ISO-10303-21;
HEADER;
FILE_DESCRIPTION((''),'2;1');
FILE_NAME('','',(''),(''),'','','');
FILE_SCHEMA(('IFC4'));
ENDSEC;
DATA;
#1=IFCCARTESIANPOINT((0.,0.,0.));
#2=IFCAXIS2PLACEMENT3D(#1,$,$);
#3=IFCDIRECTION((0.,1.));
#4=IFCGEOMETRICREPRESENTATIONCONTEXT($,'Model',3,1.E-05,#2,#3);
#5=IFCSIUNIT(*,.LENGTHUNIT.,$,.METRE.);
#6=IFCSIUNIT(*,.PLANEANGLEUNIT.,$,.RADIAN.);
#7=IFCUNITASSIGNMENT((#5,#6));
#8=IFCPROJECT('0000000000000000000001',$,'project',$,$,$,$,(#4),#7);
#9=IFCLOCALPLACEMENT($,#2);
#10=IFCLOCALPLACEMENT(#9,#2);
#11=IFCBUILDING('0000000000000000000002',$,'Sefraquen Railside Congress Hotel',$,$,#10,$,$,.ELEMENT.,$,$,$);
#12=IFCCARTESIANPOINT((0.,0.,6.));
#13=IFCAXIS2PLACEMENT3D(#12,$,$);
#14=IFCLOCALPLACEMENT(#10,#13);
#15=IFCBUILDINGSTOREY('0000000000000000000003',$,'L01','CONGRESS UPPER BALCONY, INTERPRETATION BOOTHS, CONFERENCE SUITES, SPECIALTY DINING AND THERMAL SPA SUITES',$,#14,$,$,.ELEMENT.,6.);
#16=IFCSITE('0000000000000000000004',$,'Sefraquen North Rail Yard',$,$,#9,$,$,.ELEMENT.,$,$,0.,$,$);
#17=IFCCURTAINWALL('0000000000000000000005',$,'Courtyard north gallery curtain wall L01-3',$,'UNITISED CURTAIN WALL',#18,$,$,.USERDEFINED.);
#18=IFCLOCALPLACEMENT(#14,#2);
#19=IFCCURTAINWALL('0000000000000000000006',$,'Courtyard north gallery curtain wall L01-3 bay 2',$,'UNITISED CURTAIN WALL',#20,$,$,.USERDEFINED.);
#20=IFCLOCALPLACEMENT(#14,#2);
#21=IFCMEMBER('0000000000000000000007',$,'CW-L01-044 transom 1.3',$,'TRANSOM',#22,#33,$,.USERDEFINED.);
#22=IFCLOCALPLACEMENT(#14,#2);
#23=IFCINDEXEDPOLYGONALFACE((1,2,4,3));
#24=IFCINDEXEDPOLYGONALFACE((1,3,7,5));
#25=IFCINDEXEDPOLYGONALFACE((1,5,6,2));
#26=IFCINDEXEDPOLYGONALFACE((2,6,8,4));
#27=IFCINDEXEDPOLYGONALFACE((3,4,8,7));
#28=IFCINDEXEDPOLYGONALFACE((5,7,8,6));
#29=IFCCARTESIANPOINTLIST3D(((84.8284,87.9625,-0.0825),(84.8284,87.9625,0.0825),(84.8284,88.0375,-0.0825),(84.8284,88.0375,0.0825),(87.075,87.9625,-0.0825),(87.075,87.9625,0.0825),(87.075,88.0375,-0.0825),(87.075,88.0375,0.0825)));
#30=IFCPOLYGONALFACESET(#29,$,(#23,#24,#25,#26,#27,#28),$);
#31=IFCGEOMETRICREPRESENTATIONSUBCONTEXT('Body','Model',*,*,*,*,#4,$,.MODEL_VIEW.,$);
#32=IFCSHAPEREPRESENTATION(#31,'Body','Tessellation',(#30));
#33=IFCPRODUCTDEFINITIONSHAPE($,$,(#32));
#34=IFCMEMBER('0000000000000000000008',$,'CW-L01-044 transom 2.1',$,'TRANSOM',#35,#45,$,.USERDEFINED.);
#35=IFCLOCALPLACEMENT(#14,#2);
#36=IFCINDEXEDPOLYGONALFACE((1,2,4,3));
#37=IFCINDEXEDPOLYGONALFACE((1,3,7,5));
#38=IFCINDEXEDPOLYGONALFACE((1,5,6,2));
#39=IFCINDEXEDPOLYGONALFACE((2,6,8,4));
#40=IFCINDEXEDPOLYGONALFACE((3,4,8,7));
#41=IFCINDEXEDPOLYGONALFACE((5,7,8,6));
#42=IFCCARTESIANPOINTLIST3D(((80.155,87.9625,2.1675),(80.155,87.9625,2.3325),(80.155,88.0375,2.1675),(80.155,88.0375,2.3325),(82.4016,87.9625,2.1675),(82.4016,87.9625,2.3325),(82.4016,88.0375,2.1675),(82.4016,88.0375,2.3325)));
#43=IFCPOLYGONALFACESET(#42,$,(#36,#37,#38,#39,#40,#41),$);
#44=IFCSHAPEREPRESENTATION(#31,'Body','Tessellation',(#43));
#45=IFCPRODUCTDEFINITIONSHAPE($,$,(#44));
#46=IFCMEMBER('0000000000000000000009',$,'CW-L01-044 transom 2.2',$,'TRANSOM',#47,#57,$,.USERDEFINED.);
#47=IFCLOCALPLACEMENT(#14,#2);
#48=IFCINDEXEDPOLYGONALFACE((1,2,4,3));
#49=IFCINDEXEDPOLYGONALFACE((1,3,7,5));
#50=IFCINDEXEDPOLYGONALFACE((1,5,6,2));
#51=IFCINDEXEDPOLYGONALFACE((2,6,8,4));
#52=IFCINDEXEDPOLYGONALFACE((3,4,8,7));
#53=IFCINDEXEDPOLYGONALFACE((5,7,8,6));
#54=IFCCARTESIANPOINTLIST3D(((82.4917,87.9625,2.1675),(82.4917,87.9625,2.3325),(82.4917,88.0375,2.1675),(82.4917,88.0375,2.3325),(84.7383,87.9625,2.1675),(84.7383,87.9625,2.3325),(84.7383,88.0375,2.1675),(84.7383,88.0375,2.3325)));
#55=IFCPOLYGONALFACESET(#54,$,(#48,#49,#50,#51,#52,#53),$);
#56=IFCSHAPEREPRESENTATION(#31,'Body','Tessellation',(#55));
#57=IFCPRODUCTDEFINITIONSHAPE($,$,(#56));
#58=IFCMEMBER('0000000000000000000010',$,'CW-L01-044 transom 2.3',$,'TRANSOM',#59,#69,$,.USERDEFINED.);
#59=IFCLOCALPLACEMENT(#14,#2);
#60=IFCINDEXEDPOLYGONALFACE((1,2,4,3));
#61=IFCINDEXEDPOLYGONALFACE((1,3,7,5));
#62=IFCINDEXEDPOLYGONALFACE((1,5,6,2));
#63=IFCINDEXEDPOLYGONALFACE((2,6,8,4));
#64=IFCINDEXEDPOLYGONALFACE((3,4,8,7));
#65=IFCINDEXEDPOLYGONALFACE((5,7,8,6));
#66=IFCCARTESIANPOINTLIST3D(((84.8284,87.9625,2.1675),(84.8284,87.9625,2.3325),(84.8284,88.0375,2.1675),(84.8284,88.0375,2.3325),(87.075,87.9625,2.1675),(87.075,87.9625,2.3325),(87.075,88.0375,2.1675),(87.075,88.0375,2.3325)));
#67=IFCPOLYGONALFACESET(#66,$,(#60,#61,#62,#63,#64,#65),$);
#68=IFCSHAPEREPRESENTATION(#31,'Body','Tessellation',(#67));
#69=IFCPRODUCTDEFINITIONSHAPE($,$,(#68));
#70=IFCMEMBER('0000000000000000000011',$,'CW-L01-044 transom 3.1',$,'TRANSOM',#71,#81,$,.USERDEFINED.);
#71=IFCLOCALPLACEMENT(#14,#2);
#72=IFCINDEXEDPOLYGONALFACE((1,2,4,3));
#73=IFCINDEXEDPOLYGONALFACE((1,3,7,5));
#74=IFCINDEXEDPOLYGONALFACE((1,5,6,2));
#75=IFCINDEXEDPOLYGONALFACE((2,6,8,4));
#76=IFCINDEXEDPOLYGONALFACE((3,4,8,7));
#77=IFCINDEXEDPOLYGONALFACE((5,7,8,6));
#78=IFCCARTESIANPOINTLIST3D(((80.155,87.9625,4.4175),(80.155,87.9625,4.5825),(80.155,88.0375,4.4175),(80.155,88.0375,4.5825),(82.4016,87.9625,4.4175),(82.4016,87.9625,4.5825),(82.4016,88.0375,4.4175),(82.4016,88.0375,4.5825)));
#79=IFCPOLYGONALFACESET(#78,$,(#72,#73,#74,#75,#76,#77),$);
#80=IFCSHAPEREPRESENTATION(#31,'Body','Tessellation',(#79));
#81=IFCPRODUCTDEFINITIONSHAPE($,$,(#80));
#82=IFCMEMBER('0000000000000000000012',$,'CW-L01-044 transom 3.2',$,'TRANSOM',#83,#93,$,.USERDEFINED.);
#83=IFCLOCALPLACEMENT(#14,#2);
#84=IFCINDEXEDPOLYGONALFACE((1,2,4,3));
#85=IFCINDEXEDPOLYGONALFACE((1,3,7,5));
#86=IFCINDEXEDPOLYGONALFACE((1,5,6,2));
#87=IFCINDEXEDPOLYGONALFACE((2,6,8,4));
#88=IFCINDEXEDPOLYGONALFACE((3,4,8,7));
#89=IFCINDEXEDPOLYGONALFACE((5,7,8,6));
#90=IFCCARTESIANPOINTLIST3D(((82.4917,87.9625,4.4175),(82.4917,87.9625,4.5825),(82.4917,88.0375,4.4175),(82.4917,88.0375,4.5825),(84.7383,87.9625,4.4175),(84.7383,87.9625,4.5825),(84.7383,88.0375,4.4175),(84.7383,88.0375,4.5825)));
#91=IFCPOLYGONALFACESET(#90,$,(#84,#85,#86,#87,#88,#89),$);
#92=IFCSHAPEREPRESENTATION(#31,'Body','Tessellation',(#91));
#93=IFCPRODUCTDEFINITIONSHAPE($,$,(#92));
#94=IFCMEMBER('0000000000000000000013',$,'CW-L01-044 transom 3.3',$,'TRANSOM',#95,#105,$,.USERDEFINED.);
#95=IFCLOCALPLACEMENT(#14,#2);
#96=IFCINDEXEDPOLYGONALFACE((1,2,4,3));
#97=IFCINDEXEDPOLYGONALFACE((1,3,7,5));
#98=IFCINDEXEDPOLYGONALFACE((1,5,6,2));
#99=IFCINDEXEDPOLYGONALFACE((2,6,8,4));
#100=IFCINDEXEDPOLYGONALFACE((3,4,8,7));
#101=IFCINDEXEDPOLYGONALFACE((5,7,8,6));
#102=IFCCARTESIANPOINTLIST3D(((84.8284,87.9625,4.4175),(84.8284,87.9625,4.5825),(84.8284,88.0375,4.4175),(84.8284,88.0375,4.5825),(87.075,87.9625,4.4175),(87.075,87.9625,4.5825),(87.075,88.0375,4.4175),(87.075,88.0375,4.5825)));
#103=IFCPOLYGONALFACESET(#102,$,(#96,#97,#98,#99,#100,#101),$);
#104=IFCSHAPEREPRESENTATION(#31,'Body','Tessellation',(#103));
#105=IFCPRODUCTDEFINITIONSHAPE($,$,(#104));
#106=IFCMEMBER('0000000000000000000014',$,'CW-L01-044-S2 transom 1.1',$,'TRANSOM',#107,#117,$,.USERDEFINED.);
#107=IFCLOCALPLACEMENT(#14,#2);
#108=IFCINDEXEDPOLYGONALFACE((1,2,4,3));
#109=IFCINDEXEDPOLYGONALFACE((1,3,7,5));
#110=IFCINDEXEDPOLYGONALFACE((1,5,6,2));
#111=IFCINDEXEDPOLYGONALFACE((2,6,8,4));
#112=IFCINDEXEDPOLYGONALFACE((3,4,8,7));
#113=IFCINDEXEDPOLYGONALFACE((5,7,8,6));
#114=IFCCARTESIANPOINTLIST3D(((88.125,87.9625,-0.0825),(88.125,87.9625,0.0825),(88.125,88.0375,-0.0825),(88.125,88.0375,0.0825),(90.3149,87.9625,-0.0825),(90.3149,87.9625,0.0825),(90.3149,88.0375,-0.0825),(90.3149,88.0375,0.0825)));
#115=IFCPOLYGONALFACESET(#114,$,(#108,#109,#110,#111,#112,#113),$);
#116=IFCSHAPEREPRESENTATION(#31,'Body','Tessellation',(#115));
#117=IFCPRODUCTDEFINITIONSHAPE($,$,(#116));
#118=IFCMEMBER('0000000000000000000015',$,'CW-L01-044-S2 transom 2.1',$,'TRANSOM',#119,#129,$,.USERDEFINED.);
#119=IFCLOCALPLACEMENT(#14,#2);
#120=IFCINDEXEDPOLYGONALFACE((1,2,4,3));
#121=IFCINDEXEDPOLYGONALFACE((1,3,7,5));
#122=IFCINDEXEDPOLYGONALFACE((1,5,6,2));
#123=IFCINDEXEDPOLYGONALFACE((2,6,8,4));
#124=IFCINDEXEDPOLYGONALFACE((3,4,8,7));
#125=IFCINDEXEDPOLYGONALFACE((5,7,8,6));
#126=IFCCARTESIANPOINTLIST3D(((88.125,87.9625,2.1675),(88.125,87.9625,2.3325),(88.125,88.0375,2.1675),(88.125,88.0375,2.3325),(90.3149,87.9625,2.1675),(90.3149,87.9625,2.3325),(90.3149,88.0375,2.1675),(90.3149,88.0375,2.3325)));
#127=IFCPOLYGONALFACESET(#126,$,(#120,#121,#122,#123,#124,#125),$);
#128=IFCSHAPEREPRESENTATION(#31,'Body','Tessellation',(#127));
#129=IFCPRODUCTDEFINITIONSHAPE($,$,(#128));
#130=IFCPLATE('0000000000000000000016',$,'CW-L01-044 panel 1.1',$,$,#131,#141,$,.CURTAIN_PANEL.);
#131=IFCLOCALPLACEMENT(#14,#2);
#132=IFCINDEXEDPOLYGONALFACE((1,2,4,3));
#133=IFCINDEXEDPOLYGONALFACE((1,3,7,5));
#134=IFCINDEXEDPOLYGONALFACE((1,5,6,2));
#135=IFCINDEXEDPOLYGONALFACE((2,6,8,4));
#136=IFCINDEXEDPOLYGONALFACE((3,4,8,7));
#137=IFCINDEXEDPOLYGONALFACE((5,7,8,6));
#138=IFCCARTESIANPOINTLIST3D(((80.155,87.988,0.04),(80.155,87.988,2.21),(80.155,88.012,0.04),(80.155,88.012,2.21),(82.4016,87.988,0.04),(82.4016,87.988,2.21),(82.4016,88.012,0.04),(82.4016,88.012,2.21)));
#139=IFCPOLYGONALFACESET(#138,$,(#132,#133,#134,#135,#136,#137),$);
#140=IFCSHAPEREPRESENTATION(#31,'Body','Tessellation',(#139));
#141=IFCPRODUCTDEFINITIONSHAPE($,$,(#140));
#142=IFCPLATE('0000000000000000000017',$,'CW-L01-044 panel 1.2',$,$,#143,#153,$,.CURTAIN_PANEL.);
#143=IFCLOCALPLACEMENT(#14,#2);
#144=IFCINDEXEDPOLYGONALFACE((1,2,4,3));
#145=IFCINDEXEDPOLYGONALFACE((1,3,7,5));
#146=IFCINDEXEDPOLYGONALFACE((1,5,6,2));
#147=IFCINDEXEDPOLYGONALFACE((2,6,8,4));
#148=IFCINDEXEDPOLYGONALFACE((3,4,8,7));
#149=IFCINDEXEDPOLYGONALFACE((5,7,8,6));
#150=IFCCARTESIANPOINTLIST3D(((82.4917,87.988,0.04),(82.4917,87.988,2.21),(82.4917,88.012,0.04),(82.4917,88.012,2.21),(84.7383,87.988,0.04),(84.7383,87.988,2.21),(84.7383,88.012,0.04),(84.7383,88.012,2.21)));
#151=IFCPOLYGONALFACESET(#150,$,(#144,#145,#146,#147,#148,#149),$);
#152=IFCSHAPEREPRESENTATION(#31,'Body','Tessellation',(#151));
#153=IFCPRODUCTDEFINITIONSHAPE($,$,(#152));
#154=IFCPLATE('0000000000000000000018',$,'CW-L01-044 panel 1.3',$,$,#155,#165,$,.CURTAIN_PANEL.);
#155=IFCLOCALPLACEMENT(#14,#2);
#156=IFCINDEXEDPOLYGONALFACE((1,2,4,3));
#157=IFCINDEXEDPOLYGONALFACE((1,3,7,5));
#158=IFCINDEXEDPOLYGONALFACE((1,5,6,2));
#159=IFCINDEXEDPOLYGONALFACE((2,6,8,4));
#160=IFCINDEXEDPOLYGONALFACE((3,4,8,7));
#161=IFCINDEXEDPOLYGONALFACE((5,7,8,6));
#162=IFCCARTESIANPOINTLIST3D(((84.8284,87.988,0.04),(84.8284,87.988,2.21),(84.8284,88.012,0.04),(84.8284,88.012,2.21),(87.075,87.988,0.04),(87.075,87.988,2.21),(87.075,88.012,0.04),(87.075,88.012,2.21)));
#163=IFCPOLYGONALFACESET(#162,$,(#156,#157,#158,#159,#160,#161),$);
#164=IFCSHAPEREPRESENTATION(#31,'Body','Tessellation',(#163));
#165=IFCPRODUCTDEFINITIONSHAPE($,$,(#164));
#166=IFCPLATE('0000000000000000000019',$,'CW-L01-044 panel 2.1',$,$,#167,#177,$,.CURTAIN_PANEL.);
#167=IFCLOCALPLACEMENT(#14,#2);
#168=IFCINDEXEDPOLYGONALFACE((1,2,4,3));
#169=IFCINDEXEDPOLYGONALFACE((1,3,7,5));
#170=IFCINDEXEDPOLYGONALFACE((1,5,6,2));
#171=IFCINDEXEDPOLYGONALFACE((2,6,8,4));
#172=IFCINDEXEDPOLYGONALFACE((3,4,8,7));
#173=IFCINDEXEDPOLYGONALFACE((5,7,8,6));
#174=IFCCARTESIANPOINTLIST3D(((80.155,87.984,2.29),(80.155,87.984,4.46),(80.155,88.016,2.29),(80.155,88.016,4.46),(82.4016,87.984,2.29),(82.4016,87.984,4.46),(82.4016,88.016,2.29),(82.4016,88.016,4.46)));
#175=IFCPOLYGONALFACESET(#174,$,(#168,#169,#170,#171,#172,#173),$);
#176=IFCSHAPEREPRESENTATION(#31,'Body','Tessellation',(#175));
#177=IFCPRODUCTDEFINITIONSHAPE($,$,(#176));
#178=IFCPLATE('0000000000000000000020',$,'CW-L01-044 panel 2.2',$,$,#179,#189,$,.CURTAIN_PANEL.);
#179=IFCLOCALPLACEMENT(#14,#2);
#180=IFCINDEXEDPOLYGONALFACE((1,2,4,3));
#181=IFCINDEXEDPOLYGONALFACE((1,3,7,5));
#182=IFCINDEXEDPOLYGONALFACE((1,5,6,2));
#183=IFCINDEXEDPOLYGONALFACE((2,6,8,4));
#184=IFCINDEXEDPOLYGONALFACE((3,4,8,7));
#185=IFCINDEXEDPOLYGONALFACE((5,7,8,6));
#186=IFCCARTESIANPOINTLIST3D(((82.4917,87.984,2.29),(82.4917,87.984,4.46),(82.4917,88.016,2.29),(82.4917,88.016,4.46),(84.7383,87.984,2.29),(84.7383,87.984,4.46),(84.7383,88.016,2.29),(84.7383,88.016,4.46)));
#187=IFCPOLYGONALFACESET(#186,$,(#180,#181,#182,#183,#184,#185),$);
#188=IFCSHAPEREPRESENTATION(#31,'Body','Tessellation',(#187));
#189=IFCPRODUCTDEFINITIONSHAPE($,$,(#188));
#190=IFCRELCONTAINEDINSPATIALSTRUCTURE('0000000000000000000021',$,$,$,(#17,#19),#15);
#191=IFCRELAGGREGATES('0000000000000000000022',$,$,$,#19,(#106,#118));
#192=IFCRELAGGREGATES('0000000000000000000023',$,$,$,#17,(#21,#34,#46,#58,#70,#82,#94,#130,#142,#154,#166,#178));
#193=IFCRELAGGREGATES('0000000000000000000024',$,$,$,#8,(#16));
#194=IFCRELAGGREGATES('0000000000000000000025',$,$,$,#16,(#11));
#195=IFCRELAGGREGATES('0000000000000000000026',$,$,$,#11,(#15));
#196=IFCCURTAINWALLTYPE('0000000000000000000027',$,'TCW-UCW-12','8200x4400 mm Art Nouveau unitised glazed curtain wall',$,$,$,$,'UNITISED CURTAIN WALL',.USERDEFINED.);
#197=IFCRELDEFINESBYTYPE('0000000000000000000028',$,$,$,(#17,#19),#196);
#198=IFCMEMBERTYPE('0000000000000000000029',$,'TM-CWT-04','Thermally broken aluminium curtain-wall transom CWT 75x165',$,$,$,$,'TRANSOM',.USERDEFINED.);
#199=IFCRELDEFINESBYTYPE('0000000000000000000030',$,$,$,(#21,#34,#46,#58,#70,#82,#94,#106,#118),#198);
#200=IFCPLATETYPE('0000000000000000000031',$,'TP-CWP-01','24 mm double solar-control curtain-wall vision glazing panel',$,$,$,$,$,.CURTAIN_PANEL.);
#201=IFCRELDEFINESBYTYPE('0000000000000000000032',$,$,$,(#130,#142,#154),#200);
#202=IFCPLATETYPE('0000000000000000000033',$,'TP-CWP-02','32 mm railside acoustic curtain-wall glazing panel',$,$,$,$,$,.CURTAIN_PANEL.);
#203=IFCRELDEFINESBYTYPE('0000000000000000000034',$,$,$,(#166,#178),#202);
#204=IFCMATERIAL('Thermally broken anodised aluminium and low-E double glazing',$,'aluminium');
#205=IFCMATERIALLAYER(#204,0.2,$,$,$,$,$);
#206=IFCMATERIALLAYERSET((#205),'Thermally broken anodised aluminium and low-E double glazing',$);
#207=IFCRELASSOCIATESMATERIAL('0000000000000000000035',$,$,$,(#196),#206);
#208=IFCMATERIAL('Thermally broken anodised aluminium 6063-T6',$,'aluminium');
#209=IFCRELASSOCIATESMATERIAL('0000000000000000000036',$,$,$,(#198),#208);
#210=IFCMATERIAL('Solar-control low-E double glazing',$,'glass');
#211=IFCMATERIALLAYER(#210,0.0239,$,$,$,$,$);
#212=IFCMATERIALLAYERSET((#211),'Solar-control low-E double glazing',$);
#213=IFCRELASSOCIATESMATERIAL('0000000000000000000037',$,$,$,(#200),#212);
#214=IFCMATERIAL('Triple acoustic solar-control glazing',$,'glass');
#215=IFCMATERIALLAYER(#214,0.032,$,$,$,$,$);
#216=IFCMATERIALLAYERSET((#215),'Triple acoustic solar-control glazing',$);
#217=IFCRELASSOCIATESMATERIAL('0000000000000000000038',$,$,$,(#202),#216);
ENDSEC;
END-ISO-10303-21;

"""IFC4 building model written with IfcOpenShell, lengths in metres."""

from ifc_helpers import new_model, si_unit, direction, frame, origin, origin_2d, place, context, subcontext, project, spatial, rectangle, extrude, material, layer, layer_set, material_profile, profile_set, type_object, element, aggregate, save


model = new_model("IFC4")

# Units and contexts
model_context = context("Model", 3, precision=1e-05, world=origin(), true_north=direction((0.0, 1.0)))
body_context = subcontext(model_context, "Body", "Model", "MODEL_VIEW")
ifc_project = project(units=[si_unit("LENGTHUNIT", "METRE"), si_unit("PLANEANGLEUNIT", "RADIAN")], contexts=[model_context])

# Site, building, storey
site_placement = place(None, origin())
site = spatial("IfcSite", under=ifc_project, at=site_placement, Name="Sefraquen North Rail Yard", CompositionType="ELEMENT", RefElevation=0.0)
building_placement = place(site_placement, origin())
building = spatial("IfcBuilding", under=site, at=building_placement, Name="Sefraquen Railside Congress Hotel", CompositionType="ELEMENT")
storey_placement = place(building_placement, frame((0.0, 0.0, 6.0)))
storey = spatial("IfcBuildingStorey", under=building, at=storey_placement, Name="L01", Description="CONGRESS UPPER BALCONY, INTERPRETATION BOOTHS, CONFERENCE SUITES, SPECIALTY DINING AND THERMAL SPA SUITES", CompositionType="ELEMENT", Elevation=6.0)

# Curtain wall
ifc_material_1 = material(Name="Thermally broken anodised aluminium and low-E double glazing", Category="aluminium")
ifc_layer_1 = layer(ifc_material_1, 0.2)
ifc_layer_set_1 = layer_set([ifc_layer_1], Name="Thermally broken anodised aluminium and low-E double glazing")
curtain_wall_type = type_object("IfcCurtainWallType", Name="TCW-UCW-12", Description="8200x4400 mm Art Nouveau unitised glazed curtain wall", ElementType="UNITISED CURTAIN WALL", PredefinedType="USERDEFINED", material=ifc_layer_set_1)
curtain_wall_1_placement = place(storey_placement, origin())
curtain_wall_1 = element("IfcCurtainWall", 1, at=curtain_wall_1_placement, inside=storey, type_object=curtain_wall_type, Name="Courtyard north gallery curtain wall L01-3", ObjectType="UNITISED CURTAIN WALL", PredefinedType="USERDEFINED")
ifc_material_2 = material(Name="Thermally broken anodised aluminium 6063-T6", Category="aluminium")

# Curtain wall
curtain_wall_2_placement = place(storey_placement, origin())
curtain_wall_2 = element("IfcCurtainWall", 2, at=curtain_wall_2_placement, inside=storey, type_object=curtain_wall_type, Name="Courtyard north gallery curtain wall L01-3 bay 2", ObjectType="UNITISED CURTAIN WALL", PredefinedType="USERDEFINED")

# Members
ifc_material_profile_1 = material_profile(ifc_material_2, rectangle(XDim=0.075, YDim=0.165, at=origin_2d()), Name="CWT 75x165")
ifc_profile_set_1 = profile_set([ifc_material_profile_1], Name="Thermally broken anodised aluminium 6063-T6")
member_type_1 = type_object("IfcMemberType", Name="TM-CWT-04", Description="Thermally broken aluminium curtain-wall transom CWT 75x165", ElementType="TRANSOM", PredefinedType="USERDEFINED", material=ifc_profile_set_1)
member_1_placement = place(storey_placement, frame((84.8284, 88.0, 0.0), z_axis=(1.0, 0.0, 0.0), x_axis=(0.0, 1.0, 0.0)))
member_1 = element("IfcMember", 3, at=member_1_placement, type_object=member_type_1, Name="CW-L01-044 transom 1.3", ObjectType="TRANSOM", PredefinedType="USERDEFINED", context=body_context, shape_type="SweptSolid", body=[
    extrude(rectangle(XDim=0.075, YDim=0.165, at=origin_2d()), origin(), (0.0, 0.0, 1.0), 2.2466),
])
member_2_placement = place(storey_placement, frame((80.155, 88.0, 2.25), z_axis=(1.0, 0.0, 0.0), x_axis=(0.0, 1.0, 0.0)))
member_2 = element("IfcMember", 4, at=member_2_placement, type_object=member_type_1, Name="CW-L01-044 transom 2.1", ObjectType="TRANSOM", PredefinedType="USERDEFINED", context=body_context, shape_type="SweptSolid", body=[
    extrude(rectangle(XDim=0.075, YDim=0.165, at=origin_2d()), origin(), (0.0, 0.0, 1.0), 2.2466),
])
member_3_placement = place(storey_placement, frame((82.4917, 88.0, 2.25), z_axis=(1.0, 0.0, 0.0), x_axis=(0.0, 1.0, 0.0)))
member_3 = element("IfcMember", 5, at=member_3_placement, type_object=member_type_1, Name="CW-L01-044 transom 2.2", ObjectType="TRANSOM", PredefinedType="USERDEFINED", context=body_context, shape_type="SweptSolid", body=[
    extrude(rectangle(XDim=0.075, YDim=0.165, at=origin_2d()), origin(), (0.0, 0.0, 1.0), 2.2466),
])
member_4_placement = place(storey_placement, frame((84.8284, 88.0, 2.25), z_axis=(1.0, 0.0, 0.0), x_axis=(0.0, 1.0, 0.0)))
member_4 = element("IfcMember", 6, at=member_4_placement, type_object=member_type_1, Name="CW-L01-044 transom 2.3", ObjectType="TRANSOM", PredefinedType="USERDEFINED", context=body_context, shape_type="SweptSolid", body=[
    extrude(rectangle(XDim=0.075, YDim=0.165, at=origin_2d()), origin(), (0.0, 0.0, 1.0), 2.2466),
])
member_5_placement = place(storey_placement, frame((80.155, 88.0, 4.5), z_axis=(1.0, 0.0, 0.0), x_axis=(0.0, 1.0, 0.0)))
member_5 = element("IfcMember", 7, at=member_5_placement, type_object=member_type_1, Name="CW-L01-044 transom 3.1", ObjectType="TRANSOM", PredefinedType="USERDEFINED", context=body_context, shape_type="SweptSolid", body=[
    extrude(rectangle(XDim=0.075, YDim=0.165, at=origin_2d()), origin(), (0.0, 0.0, 1.0), 2.2466),
])
member_6_placement = place(storey_placement, frame((82.4917, 88.0, 4.5), z_axis=(1.0, 0.0, 0.0), x_axis=(0.0, 1.0, 0.0)))
member_6 = element("IfcMember", 8, at=member_6_placement, type_object=member_type_1, Name="CW-L01-044 transom 3.2", ObjectType="TRANSOM", PredefinedType="USERDEFINED", context=body_context, shape_type="SweptSolid", body=[
    extrude(rectangle(XDim=0.075, YDim=0.165, at=origin_2d()), origin(), (0.0, 0.0, 1.0), 2.2466),
])
member_7_placement = place(storey_placement, frame((84.8284, 88.0, 4.5), z_axis=(1.0, 0.0, 0.0), x_axis=(0.0, 1.0, 0.0)))
member_7 = element("IfcMember", 9, at=member_7_placement, type_object=member_type_1, Name="CW-L01-044 transom 3.3", ObjectType="TRANSOM", PredefinedType="USERDEFINED", context=body_context, shape_type="SweptSolid", body=[
    extrude(rectangle(XDim=0.075, YDim=0.165, at=origin_2d()), origin(), (0.0, 0.0, 1.0), 2.2466),
])
member_8_placement = place(storey_placement, frame((88.125, 88.0, 0.0), z_axis=(1.0, 0.0, 0.0), x_axis=(0.0, 1.0, 0.0)))
member_8 = element("IfcMember", 10, at=member_8_placement, type_object=member_type_1, Name="CW-L01-044-S2 transom 1.1", ObjectType="TRANSOM", PredefinedType="USERDEFINED", context=body_context, shape_type="SweptSolid", body=[
    extrude(rectangle(XDim=0.075, YDim=0.165, at=origin_2d()), origin(), (0.0, 0.0, 1.0), 2.1899),
])
member_9_placement = place(storey_placement, frame((88.125, 88.0, 2.25), z_axis=(1.0, 0.0, 0.0), x_axis=(0.0, 1.0, 0.0)))
member_9 = element("IfcMember", 11, at=member_9_placement, type_object=member_type_1, Name="CW-L01-044-S2 transom 2.1", ObjectType="TRANSOM", PredefinedType="USERDEFINED", context=body_context, shape_type="SweptSolid", body=[
    extrude(rectangle(XDim=0.075, YDim=0.165, at=origin_2d()), origin(), (0.0, 0.0, 1.0), 2.1899),
])
aggregate(curtain_wall_2, [member_8, member_9])

# Plates
ifc_material_3 = material(Name="Solar-control low-E double glazing", Category="glass")
ifc_layer_2 = layer(ifc_material_3, 0.0239)
ifc_layer_set_2 = layer_set([ifc_layer_2], Name="Solar-control low-E double glazing")
plate_type_1 = type_object("IfcPlateType", Name="TP-CWP-01", Description="24 mm double solar-control curtain-wall vision glazing panel", PredefinedType="CURTAIN_PANEL", material=ifc_layer_set_2)
plate_1_placement = place(storey_placement, frame((81.2783, 88.0, 0.04), z_axis=(0.0, 0.0, 1.0), x_axis=(1.0, 0.0, 0.0)))
plate_1 = element("IfcPlate", 12, at=plate_1_placement, type_object=plate_type_1, Name="CW-L01-044 panel 1.1", PredefinedType="CURTAIN_PANEL", context=body_context, shape_type="SweptSolid", body=[
    extrude(rectangle(XDim=2.2466, YDim=0.0239, at=origin_2d()), origin(), (0.0, 0.0, 1.0), 2.1699),
])
plate_2_placement = place(storey_placement, frame((83.615, 88.0, 0.04), z_axis=(0.0, 0.0, 1.0), x_axis=(1.0, 0.0, 0.0)))
plate_2 = element("IfcPlate", 13, at=plate_2_placement, type_object=plate_type_1, Name="CW-L01-044 panel 1.2", PredefinedType="CURTAIN_PANEL", context=body_context, shape_type="SweptSolid", body=[
    extrude(rectangle(XDim=2.2466, YDim=0.0239, at=origin_2d()), origin(), (0.0, 0.0, 1.0), 2.1699),
])
plate_3_placement = place(storey_placement, frame((85.9517, 88.0, 0.04), z_axis=(0.0, 0.0, 1.0), x_axis=(1.0, 0.0, 0.0)))
plate_3 = element("IfcPlate", 14, at=plate_3_placement, type_object=plate_type_1, Name="CW-L01-044 panel 1.3", PredefinedType="CURTAIN_PANEL", context=body_context, shape_type="SweptSolid", body=[
    extrude(rectangle(XDim=2.2466, YDim=0.0239, at=origin_2d()), origin(), (0.0, 0.0, 1.0), 2.1699),
])
ifc_material_4 = material(Name="Triple acoustic solar-control glazing", Category="glass")
ifc_layer_3 = layer(ifc_material_4, 0.032)
ifc_layer_set_3 = layer_set([ifc_layer_3], Name="Triple acoustic solar-control glazing")
plate_type_2 = type_object("IfcPlateType", Name="TP-CWP-02", Description="32 mm railside acoustic curtain-wall glazing panel", PredefinedType="CURTAIN_PANEL", material=ifc_layer_set_3)
plate_4_placement = place(storey_placement, frame((81.2783, 88.0, 2.29), z_axis=(0.0, 0.0, 1.0), x_axis=(1.0, 0.0, 0.0)))
plate_4 = element("IfcPlate", 15, at=plate_4_placement, type_object=plate_type_2, Name="CW-L01-044 panel 2.1", PredefinedType="CURTAIN_PANEL", context=body_context, shape_type="SweptSolid", body=[
    extrude(rectangle(XDim=2.2466, YDim=0.032, at=origin_2d()), origin(), (0.0, 0.0, 1.0), 2.1699),
])
plate_5_placement = place(storey_placement, frame((83.615, 88.0, 2.29), z_axis=(0.0, 0.0, 1.0), x_axis=(1.0, 0.0, 0.0)))
plate_5 = element("IfcPlate", 16, at=plate_5_placement, type_object=plate_type_2, Name="CW-L01-044 panel 2.2", PredefinedType="CURTAIN_PANEL", context=body_context, shape_type="SweptSolid", body=[
    extrude(rectangle(XDim=2.2466, YDim=0.032, at=origin_2d()), origin(), (0.0, 0.0, 1.0), 2.1699),
])
aggregate(curtain_wall_1, [member_1, member_2, member_3, member_4, member_5, member_6, member_7, plate_1, plate_2, plate_3, plate_4, plate_5])

save(model, "model.ifc")
